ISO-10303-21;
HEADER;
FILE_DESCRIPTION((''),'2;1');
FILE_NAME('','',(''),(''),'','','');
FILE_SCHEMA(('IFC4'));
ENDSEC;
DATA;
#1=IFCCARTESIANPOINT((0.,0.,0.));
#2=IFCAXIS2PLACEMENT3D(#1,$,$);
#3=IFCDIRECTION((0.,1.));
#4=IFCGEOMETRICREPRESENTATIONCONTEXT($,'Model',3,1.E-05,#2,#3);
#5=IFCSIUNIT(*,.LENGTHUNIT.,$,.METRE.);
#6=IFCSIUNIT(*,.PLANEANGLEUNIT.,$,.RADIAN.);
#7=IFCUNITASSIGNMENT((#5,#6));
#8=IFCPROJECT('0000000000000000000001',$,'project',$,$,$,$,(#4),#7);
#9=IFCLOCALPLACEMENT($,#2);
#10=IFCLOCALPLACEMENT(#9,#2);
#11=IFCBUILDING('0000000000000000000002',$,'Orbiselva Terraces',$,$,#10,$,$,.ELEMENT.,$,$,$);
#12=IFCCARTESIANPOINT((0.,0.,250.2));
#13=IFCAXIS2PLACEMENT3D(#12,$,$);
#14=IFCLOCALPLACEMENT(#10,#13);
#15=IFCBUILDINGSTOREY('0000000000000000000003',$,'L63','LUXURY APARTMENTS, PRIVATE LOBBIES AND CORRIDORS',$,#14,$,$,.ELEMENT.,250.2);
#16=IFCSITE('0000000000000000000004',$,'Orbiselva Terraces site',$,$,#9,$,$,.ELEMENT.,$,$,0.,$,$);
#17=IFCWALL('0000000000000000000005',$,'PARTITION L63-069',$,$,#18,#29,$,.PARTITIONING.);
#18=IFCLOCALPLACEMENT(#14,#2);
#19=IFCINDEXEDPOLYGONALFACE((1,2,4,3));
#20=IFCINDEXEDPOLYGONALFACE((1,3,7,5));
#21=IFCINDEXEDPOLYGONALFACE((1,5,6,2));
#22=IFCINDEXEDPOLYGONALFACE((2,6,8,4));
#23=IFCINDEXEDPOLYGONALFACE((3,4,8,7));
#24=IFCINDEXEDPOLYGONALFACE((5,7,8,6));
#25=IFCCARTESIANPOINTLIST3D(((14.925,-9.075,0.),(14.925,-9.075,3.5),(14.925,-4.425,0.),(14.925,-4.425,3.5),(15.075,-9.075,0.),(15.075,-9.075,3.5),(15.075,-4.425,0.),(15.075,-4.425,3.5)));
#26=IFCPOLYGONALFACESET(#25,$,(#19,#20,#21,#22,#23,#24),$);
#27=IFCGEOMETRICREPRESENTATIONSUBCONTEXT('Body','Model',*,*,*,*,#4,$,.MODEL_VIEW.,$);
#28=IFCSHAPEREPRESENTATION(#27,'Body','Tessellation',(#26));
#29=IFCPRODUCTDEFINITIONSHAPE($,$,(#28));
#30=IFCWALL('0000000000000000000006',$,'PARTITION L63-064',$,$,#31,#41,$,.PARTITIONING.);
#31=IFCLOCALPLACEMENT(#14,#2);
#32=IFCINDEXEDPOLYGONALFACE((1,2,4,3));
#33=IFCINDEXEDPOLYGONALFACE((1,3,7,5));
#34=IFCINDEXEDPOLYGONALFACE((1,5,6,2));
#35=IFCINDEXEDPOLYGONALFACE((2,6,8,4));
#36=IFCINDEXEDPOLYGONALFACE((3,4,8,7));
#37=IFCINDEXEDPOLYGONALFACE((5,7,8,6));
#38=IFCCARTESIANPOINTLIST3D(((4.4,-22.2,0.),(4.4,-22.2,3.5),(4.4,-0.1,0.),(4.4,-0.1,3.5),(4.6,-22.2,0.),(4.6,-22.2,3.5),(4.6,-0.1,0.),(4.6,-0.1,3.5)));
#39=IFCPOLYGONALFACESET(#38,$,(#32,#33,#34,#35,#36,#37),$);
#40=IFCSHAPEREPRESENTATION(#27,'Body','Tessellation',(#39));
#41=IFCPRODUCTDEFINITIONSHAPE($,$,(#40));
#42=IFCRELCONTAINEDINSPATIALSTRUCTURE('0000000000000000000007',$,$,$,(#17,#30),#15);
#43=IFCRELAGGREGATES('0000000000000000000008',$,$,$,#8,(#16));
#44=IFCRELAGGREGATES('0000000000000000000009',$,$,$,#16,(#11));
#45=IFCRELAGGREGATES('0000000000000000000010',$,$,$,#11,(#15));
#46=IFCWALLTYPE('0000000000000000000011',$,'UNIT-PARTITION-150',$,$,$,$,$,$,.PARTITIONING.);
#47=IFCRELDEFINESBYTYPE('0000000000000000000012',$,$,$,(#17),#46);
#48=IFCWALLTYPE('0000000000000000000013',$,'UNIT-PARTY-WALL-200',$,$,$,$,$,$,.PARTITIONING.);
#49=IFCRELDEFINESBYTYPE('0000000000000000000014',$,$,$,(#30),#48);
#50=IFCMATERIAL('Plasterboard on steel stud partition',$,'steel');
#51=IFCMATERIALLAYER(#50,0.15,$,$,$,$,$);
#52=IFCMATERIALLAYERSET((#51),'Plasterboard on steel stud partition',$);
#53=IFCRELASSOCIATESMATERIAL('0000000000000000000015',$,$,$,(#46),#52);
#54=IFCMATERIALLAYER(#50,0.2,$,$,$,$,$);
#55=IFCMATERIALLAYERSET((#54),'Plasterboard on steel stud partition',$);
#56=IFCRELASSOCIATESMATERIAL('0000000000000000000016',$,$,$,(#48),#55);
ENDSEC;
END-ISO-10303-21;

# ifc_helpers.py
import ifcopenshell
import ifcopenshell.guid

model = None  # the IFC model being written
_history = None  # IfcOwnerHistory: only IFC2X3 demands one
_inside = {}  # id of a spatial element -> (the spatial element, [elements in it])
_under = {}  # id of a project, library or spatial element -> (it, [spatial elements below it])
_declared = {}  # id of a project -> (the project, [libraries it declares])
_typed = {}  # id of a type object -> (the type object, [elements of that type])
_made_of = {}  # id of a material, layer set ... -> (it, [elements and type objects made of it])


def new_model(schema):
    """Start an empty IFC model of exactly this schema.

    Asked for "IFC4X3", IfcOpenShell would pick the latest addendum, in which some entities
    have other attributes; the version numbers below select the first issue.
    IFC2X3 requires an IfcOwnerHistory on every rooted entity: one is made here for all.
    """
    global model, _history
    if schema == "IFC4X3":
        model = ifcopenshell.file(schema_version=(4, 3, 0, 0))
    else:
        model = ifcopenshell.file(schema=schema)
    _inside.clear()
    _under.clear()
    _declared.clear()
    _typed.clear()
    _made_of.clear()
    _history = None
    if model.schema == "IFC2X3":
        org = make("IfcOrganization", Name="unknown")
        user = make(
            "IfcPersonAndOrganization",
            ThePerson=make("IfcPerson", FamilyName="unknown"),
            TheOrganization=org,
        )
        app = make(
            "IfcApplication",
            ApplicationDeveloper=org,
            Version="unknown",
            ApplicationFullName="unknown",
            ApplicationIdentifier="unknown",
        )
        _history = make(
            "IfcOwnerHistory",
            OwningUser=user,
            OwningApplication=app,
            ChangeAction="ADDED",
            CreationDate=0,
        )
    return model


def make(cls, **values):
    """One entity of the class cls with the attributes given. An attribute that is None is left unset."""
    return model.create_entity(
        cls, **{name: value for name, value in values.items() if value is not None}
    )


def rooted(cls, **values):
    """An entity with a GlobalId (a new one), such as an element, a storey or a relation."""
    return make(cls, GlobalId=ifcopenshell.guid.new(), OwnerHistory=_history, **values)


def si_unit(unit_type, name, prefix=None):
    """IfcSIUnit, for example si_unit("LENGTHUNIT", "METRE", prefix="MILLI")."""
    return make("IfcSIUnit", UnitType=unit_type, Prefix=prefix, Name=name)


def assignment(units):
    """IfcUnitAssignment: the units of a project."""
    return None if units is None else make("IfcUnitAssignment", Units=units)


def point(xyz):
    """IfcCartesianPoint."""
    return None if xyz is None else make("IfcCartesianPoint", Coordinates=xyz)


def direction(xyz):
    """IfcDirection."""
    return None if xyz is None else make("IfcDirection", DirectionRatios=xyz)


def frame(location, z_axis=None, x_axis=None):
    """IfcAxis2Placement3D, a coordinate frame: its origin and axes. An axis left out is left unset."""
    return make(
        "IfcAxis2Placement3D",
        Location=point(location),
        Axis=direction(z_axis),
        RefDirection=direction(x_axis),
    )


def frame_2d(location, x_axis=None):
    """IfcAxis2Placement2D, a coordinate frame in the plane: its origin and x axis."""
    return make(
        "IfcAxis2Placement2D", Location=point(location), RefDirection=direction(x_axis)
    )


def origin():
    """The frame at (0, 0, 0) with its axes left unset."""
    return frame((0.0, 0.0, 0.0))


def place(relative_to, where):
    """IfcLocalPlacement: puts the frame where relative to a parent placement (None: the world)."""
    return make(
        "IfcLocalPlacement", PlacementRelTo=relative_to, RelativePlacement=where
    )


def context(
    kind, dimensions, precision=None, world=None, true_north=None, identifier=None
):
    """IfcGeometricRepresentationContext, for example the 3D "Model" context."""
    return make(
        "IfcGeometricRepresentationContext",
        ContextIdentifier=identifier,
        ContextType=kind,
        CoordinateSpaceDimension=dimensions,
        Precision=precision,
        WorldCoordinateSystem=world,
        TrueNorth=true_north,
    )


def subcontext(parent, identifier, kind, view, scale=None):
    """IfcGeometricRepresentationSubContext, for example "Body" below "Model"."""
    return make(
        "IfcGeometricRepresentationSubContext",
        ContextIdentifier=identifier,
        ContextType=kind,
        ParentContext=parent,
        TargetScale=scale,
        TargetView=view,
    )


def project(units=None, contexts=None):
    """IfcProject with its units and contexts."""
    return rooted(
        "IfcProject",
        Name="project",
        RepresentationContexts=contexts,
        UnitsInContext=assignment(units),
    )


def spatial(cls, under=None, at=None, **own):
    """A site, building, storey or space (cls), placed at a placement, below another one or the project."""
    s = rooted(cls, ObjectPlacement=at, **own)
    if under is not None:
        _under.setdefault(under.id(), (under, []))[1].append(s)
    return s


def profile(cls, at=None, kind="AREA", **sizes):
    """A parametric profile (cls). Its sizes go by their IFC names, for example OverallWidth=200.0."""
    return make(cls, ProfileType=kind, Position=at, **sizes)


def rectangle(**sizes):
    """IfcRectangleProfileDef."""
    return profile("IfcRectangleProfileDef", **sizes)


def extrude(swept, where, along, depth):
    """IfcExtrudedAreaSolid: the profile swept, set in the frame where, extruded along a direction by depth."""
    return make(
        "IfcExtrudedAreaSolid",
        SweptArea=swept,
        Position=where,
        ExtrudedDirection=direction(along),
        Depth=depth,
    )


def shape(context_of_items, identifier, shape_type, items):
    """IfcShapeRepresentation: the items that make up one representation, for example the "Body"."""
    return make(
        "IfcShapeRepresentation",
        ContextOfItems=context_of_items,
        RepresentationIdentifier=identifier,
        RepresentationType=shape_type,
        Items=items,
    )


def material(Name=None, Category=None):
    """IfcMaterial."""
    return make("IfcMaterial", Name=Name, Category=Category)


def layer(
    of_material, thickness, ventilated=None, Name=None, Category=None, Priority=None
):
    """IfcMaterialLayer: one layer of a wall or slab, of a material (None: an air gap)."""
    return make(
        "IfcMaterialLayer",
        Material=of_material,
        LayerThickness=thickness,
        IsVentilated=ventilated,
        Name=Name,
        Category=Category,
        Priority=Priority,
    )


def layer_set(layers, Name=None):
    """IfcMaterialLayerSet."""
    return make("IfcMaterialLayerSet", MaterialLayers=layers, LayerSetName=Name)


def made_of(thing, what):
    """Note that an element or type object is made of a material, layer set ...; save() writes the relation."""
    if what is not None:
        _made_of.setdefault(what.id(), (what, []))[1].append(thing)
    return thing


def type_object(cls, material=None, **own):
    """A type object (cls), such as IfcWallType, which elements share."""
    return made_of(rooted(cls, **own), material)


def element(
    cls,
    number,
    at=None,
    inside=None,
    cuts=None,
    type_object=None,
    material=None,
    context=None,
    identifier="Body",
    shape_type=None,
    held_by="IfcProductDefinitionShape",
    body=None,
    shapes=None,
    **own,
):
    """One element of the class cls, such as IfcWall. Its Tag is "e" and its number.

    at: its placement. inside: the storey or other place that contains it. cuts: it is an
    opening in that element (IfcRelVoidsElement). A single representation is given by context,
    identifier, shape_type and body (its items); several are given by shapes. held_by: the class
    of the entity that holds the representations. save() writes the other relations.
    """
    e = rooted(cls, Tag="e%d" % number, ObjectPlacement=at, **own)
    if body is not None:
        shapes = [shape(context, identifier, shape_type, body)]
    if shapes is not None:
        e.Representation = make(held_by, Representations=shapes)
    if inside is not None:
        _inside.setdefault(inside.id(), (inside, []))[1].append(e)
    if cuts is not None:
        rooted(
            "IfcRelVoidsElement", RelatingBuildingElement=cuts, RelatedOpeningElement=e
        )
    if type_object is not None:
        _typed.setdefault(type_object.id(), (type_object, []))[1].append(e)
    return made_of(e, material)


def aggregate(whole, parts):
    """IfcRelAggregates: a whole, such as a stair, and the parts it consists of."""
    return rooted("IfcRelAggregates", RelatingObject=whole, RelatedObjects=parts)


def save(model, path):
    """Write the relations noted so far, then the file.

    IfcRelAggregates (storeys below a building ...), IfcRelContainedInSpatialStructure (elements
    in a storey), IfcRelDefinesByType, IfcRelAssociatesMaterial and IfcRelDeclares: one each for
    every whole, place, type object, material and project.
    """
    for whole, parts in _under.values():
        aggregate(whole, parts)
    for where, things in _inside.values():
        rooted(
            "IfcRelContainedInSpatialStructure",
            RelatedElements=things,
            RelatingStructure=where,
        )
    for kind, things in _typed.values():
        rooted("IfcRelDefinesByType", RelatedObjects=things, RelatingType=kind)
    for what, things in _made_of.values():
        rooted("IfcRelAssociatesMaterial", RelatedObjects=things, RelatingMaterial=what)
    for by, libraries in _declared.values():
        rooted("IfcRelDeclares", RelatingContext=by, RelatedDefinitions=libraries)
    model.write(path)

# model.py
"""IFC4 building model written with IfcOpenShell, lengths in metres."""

from ifc_helpers import new_model, si_unit, direction, frame, frame_2d, origin, place, context, subcontext, project, spatial, rectangle, extrude, material, layer, layer_set, type_object, element, save


model = new_model("IFC4")

# Units and contexts
model_context = context("Model", 3, precision=1e-05, world=origin(), true_north=direction((0.0, 1.0)))
body_context = subcontext(model_context, "Body", "Model", "MODEL_VIEW")
ifc_project = project(units=[si_unit("LENGTHUNIT", "METRE"), si_unit("PLANEANGLEUNIT", "RADIAN")], contexts=[model_context])

# Site, building, storey
site_placement = place(None, origin())
site = spatial("IfcSite", under=ifc_project, at=site_placement, Name="Orbiselva Terraces site", CompositionType="ELEMENT", RefElevation=0.0)
building_placement = place(site_placement, origin())
building = spatial("IfcBuilding", under=site, at=building_placement, Name="Orbiselva Terraces", CompositionType="ELEMENT")
storey_placement = place(building_placement, frame((0.0, 0.0, 250.2)))
storey = spatial("IfcBuildingStorey", under=building, at=storey_placement, Name="L63", Description="LUXURY APARTMENTS, PRIVATE LOBBIES AND CORRIDORS", CompositionType="ELEMENT", Elevation=250.2)

# Shared definitions
ifc_material_1 = material(Name="Plasterboard on steel stud partition", Category="steel")
ifc_layer_1 = layer(ifc_material_1, 0.15)
ifc_layer_set_1 = layer_set([ifc_layer_1], Name="Plasterboard on steel stud partition")
wall_type_1 = type_object("IfcWallType", Name="UNIT-PARTITION-150", PredefinedType="PARTITIONING", material=ifc_layer_set_1)

# Walls
wall_1_placement = place(storey_placement, frame((15.0, -9.075, 0.0), z_axis=(0.0, 0.0, 1.0), x_axis=(0.0, 1.0, 0.0)))
element("IfcWall", 1, at=wall_1_placement, inside=storey, type_object=wall_type_1, Name="PARTITION L63-069", PredefinedType="PARTITIONING", context=body_context, shape_type="SweptSolid", body=[
    extrude(rectangle(XDim=4.65, YDim=0.15, at=frame_2d((2.325, 0.0))), origin(), (0.0, 0.0, 1.0), 3.5),
])
ifc_layer_2 = layer(ifc_material_1, 0.2)
ifc_layer_set_2 = layer_set([ifc_layer_2], Name="Plasterboard on steel stud partition")
wall_type_2 = type_object("IfcWallType", Name="UNIT-PARTY-WALL-200", PredefinedType="PARTITIONING", material=ifc_layer_set_2)
wall_2_placement = place(storey_placement, frame((4.5, -22.2, 0.0), z_axis=(0.0, 0.0, 1.0), x_axis=(0.0, 1.0, 0.0)))
element("IfcWall", 2, at=wall_2_placement, inside=storey, type_object=wall_type_2, Name="PARTITION L63-064", PredefinedType="PARTITIONING", context=body_context, shape_type="SweptSolid", body=[
    extrude(rectangle(XDim=22.1, YDim=0.2, at=frame_2d((11.05, 0.0))), origin(), (0.0, 0.0, 1.0), 3.5),
])

save(model, "model.ifc")
